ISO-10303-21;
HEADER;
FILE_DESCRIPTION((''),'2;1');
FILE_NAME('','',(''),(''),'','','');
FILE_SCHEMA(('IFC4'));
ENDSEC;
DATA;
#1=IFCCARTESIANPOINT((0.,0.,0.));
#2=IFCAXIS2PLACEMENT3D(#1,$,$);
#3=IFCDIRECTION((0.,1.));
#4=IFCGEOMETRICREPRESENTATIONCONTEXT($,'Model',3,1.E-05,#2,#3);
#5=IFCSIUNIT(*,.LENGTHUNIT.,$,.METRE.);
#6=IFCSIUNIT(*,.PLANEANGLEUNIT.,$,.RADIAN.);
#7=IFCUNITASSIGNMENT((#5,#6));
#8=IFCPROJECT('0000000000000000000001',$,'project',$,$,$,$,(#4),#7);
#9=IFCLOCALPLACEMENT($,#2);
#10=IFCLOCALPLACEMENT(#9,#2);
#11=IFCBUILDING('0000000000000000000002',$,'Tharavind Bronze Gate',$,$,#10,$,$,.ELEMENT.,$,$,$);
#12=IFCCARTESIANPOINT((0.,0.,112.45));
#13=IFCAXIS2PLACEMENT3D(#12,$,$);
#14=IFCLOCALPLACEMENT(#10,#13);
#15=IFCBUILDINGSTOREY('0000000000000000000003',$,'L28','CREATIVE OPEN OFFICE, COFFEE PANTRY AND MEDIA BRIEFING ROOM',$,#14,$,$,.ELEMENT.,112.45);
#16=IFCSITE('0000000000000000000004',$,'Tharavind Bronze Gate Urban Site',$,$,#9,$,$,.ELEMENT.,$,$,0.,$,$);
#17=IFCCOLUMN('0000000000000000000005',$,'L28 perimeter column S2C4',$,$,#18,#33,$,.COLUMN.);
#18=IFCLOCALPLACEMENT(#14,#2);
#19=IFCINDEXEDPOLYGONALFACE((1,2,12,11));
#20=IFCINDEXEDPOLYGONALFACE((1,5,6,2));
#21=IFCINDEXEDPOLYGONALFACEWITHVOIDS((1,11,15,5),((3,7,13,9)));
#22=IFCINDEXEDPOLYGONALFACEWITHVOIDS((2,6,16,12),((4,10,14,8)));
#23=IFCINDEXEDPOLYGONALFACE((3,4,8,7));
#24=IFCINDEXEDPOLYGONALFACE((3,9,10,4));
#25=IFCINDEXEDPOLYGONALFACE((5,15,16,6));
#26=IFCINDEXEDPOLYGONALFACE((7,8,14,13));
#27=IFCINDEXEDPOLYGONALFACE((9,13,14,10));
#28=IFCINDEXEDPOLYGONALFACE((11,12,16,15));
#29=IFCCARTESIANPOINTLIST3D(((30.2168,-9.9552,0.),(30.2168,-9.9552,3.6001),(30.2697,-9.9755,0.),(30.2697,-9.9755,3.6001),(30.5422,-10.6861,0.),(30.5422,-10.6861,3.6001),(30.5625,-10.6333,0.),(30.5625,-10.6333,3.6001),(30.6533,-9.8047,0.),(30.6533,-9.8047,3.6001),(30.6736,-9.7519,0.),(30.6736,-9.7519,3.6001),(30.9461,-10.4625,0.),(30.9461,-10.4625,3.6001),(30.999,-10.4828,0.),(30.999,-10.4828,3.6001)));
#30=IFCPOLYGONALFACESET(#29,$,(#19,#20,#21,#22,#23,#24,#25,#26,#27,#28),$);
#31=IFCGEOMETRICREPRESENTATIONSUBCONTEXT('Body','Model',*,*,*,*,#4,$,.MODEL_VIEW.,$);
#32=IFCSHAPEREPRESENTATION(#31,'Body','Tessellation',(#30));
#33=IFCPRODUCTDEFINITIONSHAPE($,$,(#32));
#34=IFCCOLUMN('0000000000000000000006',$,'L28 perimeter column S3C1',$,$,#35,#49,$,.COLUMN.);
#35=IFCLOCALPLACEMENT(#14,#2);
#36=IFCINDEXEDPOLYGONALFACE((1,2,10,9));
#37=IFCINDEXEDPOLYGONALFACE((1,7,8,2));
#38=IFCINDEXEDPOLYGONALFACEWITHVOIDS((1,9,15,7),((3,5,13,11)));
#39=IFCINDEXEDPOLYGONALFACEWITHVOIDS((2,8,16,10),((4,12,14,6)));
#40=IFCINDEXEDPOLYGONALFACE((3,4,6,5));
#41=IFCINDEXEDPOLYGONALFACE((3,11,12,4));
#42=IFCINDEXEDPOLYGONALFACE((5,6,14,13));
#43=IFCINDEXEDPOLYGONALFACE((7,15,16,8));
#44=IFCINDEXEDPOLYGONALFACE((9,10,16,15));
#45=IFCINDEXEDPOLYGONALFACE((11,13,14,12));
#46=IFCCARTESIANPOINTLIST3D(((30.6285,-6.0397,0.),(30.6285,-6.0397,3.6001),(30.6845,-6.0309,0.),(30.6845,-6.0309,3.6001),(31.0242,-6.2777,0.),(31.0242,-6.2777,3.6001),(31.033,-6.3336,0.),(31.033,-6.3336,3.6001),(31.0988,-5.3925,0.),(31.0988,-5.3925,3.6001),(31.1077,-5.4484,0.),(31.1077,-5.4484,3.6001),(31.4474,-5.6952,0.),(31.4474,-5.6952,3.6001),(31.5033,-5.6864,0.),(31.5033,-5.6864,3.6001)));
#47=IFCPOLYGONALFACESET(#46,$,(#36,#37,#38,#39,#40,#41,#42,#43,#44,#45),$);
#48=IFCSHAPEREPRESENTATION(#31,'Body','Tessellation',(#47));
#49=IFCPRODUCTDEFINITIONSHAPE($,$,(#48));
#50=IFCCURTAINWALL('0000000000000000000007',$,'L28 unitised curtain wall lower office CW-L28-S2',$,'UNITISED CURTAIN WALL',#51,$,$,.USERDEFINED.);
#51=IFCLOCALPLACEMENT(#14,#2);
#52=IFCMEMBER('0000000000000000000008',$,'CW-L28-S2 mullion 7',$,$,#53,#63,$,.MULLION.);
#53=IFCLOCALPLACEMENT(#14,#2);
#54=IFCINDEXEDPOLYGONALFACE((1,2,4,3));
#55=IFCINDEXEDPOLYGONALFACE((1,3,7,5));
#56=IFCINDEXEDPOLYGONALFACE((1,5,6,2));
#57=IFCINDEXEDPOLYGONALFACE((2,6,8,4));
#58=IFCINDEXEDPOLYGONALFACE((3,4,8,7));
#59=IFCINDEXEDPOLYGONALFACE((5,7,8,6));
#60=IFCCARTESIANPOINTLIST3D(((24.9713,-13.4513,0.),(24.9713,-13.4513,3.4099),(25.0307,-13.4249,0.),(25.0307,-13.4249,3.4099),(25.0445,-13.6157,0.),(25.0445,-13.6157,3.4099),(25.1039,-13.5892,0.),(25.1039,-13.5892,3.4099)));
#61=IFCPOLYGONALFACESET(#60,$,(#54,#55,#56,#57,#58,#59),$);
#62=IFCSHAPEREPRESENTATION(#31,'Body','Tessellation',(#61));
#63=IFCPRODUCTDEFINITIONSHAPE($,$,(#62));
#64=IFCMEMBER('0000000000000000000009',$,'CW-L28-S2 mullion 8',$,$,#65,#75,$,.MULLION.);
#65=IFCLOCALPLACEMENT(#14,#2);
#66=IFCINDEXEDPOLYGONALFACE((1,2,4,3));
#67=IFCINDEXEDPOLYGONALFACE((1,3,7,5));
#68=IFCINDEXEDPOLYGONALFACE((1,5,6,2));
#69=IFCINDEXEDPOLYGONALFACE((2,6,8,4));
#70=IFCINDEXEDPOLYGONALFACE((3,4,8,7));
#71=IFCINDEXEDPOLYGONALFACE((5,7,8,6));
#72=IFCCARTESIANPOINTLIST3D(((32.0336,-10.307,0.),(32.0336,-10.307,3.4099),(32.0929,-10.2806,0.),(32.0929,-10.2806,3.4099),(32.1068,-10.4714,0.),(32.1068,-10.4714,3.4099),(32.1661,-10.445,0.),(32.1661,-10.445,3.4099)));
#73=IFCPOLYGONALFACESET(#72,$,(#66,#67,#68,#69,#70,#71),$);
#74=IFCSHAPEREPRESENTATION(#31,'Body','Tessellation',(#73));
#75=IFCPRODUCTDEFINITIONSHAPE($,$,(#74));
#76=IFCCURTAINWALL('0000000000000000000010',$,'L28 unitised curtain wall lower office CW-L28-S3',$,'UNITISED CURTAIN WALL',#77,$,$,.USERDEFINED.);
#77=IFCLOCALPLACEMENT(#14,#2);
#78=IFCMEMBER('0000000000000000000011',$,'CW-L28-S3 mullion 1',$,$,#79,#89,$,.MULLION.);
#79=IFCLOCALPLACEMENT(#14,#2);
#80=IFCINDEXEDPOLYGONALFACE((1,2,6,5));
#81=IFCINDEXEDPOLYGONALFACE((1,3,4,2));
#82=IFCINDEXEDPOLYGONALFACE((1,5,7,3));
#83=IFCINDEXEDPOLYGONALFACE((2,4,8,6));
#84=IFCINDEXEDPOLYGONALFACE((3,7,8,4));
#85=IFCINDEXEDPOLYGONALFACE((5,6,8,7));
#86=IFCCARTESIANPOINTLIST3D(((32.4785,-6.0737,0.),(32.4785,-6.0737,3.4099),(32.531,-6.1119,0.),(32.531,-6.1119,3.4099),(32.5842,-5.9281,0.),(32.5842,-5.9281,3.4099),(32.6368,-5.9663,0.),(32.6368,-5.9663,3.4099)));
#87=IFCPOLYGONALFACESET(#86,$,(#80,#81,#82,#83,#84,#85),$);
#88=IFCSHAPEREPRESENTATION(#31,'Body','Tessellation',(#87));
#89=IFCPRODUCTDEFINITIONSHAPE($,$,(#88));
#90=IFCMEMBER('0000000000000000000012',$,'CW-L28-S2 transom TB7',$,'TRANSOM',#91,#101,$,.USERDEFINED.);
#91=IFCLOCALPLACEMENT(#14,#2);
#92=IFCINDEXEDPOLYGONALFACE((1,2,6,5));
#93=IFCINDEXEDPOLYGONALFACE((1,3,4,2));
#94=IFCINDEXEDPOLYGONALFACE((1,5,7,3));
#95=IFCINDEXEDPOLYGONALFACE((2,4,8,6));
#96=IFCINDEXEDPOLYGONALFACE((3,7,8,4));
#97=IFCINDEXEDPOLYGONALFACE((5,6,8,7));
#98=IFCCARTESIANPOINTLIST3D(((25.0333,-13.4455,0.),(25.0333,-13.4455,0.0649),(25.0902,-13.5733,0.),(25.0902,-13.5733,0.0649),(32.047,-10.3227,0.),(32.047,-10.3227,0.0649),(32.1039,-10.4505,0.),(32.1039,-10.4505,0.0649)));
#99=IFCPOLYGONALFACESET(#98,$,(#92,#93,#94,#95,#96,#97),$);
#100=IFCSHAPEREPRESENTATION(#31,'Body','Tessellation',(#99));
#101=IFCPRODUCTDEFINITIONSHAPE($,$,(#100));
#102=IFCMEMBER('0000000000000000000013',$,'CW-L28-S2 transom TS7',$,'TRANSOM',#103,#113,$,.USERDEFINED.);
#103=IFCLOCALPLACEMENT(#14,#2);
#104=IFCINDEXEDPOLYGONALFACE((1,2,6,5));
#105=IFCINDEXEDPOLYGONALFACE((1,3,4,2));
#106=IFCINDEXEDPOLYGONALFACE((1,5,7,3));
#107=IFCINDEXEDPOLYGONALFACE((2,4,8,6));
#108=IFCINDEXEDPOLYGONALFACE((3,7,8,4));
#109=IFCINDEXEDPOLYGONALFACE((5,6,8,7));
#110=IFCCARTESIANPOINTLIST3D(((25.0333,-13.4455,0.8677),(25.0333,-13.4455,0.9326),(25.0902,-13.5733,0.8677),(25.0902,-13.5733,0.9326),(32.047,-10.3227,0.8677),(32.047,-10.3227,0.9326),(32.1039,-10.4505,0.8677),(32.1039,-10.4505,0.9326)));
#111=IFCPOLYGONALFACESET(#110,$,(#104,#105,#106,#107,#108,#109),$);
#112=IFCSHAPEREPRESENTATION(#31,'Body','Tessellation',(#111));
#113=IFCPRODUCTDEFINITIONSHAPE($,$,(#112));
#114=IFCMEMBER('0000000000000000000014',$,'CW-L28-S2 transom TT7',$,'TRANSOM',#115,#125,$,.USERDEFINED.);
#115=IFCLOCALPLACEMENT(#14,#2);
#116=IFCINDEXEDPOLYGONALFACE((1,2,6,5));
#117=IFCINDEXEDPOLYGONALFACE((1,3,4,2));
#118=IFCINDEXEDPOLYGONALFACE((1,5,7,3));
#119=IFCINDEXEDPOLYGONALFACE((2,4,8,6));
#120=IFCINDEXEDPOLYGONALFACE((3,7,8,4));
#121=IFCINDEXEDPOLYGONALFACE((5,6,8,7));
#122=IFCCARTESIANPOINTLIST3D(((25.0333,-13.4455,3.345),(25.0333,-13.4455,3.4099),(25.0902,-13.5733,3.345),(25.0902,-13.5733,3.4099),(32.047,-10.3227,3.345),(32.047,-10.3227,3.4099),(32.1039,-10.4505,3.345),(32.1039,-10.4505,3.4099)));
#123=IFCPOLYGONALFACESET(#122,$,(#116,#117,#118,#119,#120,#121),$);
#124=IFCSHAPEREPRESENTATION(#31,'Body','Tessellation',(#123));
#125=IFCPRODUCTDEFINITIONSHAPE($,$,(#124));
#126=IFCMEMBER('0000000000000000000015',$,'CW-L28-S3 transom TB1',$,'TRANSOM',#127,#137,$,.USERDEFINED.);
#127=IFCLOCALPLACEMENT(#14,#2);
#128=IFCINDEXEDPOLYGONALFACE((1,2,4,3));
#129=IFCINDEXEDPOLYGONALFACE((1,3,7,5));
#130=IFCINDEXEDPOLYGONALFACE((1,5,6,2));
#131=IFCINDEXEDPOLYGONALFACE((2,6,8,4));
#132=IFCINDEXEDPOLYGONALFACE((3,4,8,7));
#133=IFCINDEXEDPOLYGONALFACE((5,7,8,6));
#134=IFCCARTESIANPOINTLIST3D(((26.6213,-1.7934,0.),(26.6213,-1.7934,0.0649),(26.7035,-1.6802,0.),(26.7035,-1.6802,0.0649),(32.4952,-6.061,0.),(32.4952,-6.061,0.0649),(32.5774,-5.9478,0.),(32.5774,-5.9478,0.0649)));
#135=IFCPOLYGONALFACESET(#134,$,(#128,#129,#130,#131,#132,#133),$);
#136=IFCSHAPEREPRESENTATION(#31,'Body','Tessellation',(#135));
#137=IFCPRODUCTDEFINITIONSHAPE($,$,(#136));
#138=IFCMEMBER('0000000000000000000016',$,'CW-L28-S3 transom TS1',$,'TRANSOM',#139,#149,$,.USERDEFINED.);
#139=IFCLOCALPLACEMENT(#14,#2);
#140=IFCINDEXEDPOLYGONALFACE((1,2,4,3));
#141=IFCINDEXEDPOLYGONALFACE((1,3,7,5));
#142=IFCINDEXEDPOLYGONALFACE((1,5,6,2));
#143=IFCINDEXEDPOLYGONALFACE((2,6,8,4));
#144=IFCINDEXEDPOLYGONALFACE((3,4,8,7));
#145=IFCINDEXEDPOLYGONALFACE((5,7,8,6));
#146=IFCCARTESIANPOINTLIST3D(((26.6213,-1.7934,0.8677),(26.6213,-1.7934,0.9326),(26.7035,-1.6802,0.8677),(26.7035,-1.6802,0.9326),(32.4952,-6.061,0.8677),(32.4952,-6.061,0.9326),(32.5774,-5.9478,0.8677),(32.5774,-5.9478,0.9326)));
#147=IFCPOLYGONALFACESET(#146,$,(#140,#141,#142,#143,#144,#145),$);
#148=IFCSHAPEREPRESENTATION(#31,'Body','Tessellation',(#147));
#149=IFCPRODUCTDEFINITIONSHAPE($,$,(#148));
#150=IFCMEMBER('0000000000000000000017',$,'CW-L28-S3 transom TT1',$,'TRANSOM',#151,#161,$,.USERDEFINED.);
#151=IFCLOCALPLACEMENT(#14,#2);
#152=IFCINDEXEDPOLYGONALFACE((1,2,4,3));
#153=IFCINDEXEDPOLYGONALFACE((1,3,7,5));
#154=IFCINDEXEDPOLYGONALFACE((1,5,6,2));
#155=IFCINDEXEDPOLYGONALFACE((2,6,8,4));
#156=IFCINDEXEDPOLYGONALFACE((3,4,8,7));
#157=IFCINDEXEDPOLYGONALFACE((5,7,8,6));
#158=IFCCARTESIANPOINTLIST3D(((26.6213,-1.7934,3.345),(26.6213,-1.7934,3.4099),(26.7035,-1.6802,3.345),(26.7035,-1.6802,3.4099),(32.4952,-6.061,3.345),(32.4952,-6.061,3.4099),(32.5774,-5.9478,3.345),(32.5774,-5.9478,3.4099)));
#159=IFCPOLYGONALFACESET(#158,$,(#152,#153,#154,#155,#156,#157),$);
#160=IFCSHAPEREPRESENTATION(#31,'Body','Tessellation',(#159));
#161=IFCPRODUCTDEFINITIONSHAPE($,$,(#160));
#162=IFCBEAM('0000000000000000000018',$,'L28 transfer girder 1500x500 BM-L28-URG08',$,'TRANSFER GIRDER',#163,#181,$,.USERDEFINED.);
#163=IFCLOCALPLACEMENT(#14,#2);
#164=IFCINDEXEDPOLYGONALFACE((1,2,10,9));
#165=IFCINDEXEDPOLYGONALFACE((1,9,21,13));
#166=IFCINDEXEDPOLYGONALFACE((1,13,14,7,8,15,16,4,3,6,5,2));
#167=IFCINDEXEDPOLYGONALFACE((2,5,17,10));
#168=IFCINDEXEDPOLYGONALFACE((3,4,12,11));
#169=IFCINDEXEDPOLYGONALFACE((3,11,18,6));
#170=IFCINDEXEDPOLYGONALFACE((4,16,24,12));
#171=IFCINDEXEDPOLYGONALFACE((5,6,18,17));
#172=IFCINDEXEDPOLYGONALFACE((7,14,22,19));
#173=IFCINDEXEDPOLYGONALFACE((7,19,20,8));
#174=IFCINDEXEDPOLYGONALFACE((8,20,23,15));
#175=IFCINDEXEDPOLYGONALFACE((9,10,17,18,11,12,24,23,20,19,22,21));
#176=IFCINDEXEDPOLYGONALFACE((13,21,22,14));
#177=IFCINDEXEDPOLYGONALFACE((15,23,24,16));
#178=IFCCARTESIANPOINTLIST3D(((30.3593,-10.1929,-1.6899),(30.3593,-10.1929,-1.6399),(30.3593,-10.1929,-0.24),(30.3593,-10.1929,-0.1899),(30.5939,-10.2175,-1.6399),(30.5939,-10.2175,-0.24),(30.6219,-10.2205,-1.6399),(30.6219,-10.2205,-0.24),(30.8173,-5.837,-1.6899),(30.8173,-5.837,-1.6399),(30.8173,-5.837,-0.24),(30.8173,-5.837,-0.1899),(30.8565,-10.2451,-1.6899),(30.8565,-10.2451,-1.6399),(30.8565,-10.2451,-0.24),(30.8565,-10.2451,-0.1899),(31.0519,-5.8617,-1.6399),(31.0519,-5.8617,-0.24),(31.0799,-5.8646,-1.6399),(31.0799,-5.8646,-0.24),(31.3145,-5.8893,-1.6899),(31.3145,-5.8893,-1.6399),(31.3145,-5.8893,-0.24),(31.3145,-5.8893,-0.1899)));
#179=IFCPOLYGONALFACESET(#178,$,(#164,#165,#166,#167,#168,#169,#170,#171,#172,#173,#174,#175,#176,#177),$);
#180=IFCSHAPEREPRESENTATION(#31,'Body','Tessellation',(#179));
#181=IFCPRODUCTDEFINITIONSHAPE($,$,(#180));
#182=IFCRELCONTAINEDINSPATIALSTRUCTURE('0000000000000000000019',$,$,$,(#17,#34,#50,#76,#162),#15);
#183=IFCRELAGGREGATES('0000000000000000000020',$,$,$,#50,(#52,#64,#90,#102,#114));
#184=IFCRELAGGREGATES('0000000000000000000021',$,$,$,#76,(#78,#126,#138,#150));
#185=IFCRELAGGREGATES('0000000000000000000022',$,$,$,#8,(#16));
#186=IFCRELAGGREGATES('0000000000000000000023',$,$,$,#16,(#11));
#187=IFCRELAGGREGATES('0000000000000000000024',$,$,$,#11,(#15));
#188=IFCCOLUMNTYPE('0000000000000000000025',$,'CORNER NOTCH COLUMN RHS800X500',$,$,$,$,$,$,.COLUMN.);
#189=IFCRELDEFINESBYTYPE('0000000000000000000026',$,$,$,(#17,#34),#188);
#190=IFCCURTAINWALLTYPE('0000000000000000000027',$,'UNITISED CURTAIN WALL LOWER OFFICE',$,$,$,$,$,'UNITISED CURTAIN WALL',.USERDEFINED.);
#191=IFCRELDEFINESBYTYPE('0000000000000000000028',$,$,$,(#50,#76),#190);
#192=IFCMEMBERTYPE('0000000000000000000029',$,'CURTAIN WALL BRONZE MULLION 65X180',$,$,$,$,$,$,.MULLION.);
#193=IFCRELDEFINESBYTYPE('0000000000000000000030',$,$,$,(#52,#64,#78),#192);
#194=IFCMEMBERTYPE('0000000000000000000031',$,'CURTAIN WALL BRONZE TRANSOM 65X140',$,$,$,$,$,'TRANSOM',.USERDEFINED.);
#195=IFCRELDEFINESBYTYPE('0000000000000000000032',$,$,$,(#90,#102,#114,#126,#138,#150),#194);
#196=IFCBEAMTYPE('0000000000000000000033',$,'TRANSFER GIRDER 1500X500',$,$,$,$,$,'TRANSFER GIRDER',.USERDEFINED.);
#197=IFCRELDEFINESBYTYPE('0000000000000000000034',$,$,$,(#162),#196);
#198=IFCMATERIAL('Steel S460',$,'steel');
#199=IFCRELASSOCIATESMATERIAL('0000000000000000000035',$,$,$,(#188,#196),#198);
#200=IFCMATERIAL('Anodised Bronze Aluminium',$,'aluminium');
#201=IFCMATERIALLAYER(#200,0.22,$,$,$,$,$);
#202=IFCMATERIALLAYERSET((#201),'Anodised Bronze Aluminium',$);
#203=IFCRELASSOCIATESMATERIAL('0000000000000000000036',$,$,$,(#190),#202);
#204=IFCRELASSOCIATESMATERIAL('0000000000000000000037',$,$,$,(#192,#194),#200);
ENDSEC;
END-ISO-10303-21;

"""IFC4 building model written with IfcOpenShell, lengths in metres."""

from ifc_helpers import new_model, si_unit, direction, frame, origin, origin_2d, place, context, subcontext, project, spatial, rectangle, hollow_rectangle, i_section, extrude, material, layer, layer_set, material_profile, profile_set, type_object, element, aggregate, save


model = new_model("IFC4")

# Units and contexts
model_context = context("Model", 3, precision=1e-05, world=origin(), true_north=direction((0.0, 1.0)))
body_context = subcontext(model_context, "Body", "Model", "MODEL_VIEW")
ifc_project = project(units=[si_unit("LENGTHUNIT", "METRE"), si_unit("PLANEANGLEUNIT", "RADIAN")], contexts=[model_context])

# Site, building, storey
site_placement = place(None, origin())
site = spatial("IfcSite", under=ifc_project, at=site_placement, Name="Tharavind Bronze Gate Urban Site", CompositionType="ELEMENT", RefElevation=0.0)
building_placement = place(site_placement, origin())
building = spatial("IfcBuilding", under=site, at=building_placement, Name="Tharavind Bronze Gate", CompositionType="ELEMENT")
storey_placement = place(building_placement, frame((0.0, 0.0, 112.45)))
storey = spatial("IfcBuildingStorey", under=building, at=storey_placement, Name="L28", Description="CREATIVE OPEN OFFICE, COFFEE PANTRY AND MEDIA BRIEFING ROOM", CompositionType="ELEMENT", Elevation=112.45)

# Columns
ifc_material_1 = material(Name="Steel S460", Category="steel")
ifc_material_profile_1 = material_profile(ifc_material_1, hollow_rectangle(XDim=0.5, YDim=0.8, WallThickness=0.04, at=origin_2d()), Name="RHS800X500X40")
ifc_profile_set_1 = profile_set([ifc_material_profile_1], Name="Steel S460")
column_type = type_object("IfcColumnType", Name="CORNER NOTCH COLUMN RHS800X500", PredefinedType="COLUMN", material=ifc_profile_set_1)
for number, where, z_axis, x_axis, name in (
    (1, (30.6079, -10.219, 0.0), (0.0, 0.0, 1.0), (0.913545, 0.406737, 0.0), "L28 perimeter column S2C4"),
    (2, (31.0659, -5.863, 0.0), (0.0, 0.0, 1.0), (-0.809017, 0.587785, 0.0), "L28 perimeter column S3C1"),
):
    element("IfcColumn", number, at=place(storey_placement, frame(where, z_axis=z_axis, x_axis=x_axis)), inside=storey, type_object=column_type, Name=name, PredefinedType="COLUMN", context=body_context, shape_type="SweptSolid", body=[
        extrude(hollow_rectangle(XDim=0.5, YDim=0.8, WallThickness=0.04, at=origin_2d()), origin(), (0.0, 0.0, 1.0), 3.6001),
    ])

# Curtain wall, members
ifc_material_2 = material(Name="Anodised Bronze Aluminium", Category="aluminium")
ifc_layer_1 = layer(ifc_material_2, 0.22)
ifc_layer_set_1 = layer_set([ifc_layer_1], Name="Anodised Bronze Aluminium")
curtain_wall_type = type_object("IfcCurtainWallType", Name="UNITISED CURTAIN WALL LOWER OFFICE", ElementType="UNITISED CURTAIN WALL", PredefinedType="USERDEFINED", material=ifc_layer_set_1)
curtain_wall_1_placement = place(storey_placement, origin())
curtain_wall_1 = element("IfcCurtainWall", 3, at=curtain_wall_1_placement, inside=storey, type_object=curtain_wall_type, Name="L28 unitised curtain wall lower office CW-L28-S2", ObjectType="UNITISED CURTAIN WALL", PredefinedType="USERDEFINED")
member_type_1 = type_object("IfcMemberType", Name="CURTAIN WALL BRONZE MULLION 65X180", PredefinedType="MULLION", material=ifc_material_2)
member_1_placement = place(storey_placement, frame((25.0376, -13.5203, 0.0), z_axis=(0.0, 0.0, 1.0), x_axis=(0.913545, 0.406737, 0.0)))
member_1 = element("IfcMember", 4, at=member_1_placement, type_object=member_type_1, Name="CW-L28-S2 mullion 7", PredefinedType="MULLION", context=body_context, shape_type="SweptSolid", body=[
    extrude(rectangle(XDim=0.0649, YDim=0.1799, at=origin_2d()), origin(), (0.0, 0.0, 1.0), 3.4099),
])
member_2_placement = place(storey_placement, frame((32.0999, -10.376, 0.0), z_axis=(0.0, 0.0, 1.0), x_axis=(0.913545, 0.406737, 0.0)))
member_2 = element("IfcMember", 5, at=member_2_placement, type_object=member_type_1, Name="CW-L28-S2 mullion 8", PredefinedType="MULLION", context=body_context, shape_type="SweptSolid", body=[
    extrude(rectangle(XDim=0.0649, YDim=0.1799, at=origin_2d()), origin(), (0.0, 0.0, 1.0), 3.4099),
])

# Curtain wall, member
curtain_wall_2_placement = place(storey_placement, origin())
curtain_wall_2 = element("IfcCurtainWall", 6, at=curtain_wall_2_placement, inside=storey, type_object=curtain_wall_type, Name="L28 unitised curtain wall lower office CW-L28-S3", ObjectType="UNITISED CURTAIN WALL", PredefinedType="USERDEFINED")
member_3_placement = place(storey_placement, frame((32.5576, -6.02, 0.0), z_axis=(0.0, 0.0, 1.0), x_axis=(-0.809017, 0.587785, 0.0)))
member_3 = element("IfcMember", 7, at=member_3_placement, type_object=member_type_1, Name="CW-L28-S3 mullion 1", PredefinedType="MULLION", context=body_context, shape_type="SweptSolid", body=[
    extrude(rectangle(XDim=0.0649, YDim=0.1799, at=origin_2d()), origin(), (0.0, 0.0, 1.0), 3.4099),
])

# Members
member_type_2 = type_object("IfcMemberType", Name="CURTAIN WALL BRONZE TRANSOM 65X140", ElementType="TRANSOM", PredefinedType="USERDEFINED", material=ifc_material_2)
member_4_placement = place(storey_placement, frame((28.5686, -11.948, 0.0), z_axis=(0.0, 0.0, 1.0), x_axis=(0.913545, 0.406737, 0.0)))
member_4 = element("IfcMember", 8, at=member_4_placement, type_object=member_type_2, Name="CW-L28-S2 transom TB7", ObjectType="TRANSOM", PredefinedType="USERDEFINED", context=body_context, shape_type="SweptSolid", body=[
    extrude(rectangle(XDim=7.6775, YDim=0.1399, at=origin_2d()), origin(), (0.0, 0.0, 1.0), 0.0649),
])
member_5_placement = place(storey_placement, frame((28.5686, -11.948, 0.8677), z_axis=(0.0, 0.0, 1.0), x_axis=(0.913545, 0.406737, 0.0)))
member_5 = element("IfcMember", 9, at=member_5_placement, type_object=member_type_2, Name="CW-L28-S2 transom TS7", ObjectType="TRANSOM", PredefinedType="USERDEFINED", context=body_context, shape_type="SweptSolid", body=[
    extrude(rectangle(XDim=7.6775, YDim=0.1399, at=origin_2d()), origin(), (0.0, 0.0, 1.0), 0.0649),
])
member_6_placement = place(storey_placement, frame((28.5686, -11.948, 3.345), z_axis=(0.0, 0.0, 1.0), x_axis=(0.913545, 0.406737, 0.0)))
member_6 = element("IfcMember", 10, at=member_6_placement, type_object=member_type_2, Name="CW-L28-S2 transom TT7", ObjectType="TRANSOM", PredefinedType="USERDEFINED", context=body_context, shape_type="SweptSolid", body=[
    extrude(rectangle(XDim=7.6775, YDim=0.1399, at=origin_2d()), origin(), (0.0, 0.0, 1.0), 0.0649),
])
member_7_placement = place(storey_placement, frame((29.5994, -3.8706, 0.0), z_axis=(0.0, 0.0, 1.0), x_axis=(-0.809017, 0.587785, 0.0)))
member_7 = element("IfcMember", 11, at=member_7_placement, type_object=member_type_2, Name="CW-L28-S3 transom TB1", ObjectType="TRANSOM", PredefinedType="USERDEFINED", context=body_context, shape_type="SweptSolid", body=[
    extrude(rectangle(XDim=7.2605, YDim=0.1399, at=origin_2d()), origin(), (0.0, 0.0, 1.0), 0.0649),
])
member_8_placement = place(storey_placement, frame((29.5994, -3.8706, 0.8677), z_axis=(0.0, 0.0, 1.0), x_axis=(-0.809017, 0.587785, 0.0)))
member_8 = element("IfcMember", 12, at=member_8_placement, type_object=member_type_2, Name="CW-L28-S3 transom TS1", ObjectType="TRANSOM", PredefinedType="USERDEFINED", context=body_context, shape_type="SweptSolid", body=[
    extrude(rectangle(XDim=7.2605, YDim=0.1399, at=origin_2d()), origin(), (0.0, 0.0, 1.0), 0.0649),
])
member_9_placement = place(storey_placement, frame((29.5994, -3.8706, 3.345), z_axis=(0.0, 0.0, 1.0), x_axis=(-0.809017, 0.587785, 0.0)))
member_9 = element("IfcMember", 13, at=member_9_placement, type_object=member_type_2, Name="CW-L28-S3 transom TT1", ObjectType="TRANSOM", PredefinedType="USERDEFINED", context=body_context, shape_type="SweptSolid", body=[
    extrude(rectangle(XDim=7.2605, YDim=0.1399, at=origin_2d()), origin(), (0.0, 0.0, 1.0), 0.0649),
])

# Beam
ifc_material_profile_2 = material_profile(ifc_material_1, i_section(OverallWidth=0.5, OverallDepth=1.5, WebThickness=0.0281, FlangeThickness=0.05, at=origin_2d()), Name="PG1500X500")
ifc_profile_set_2 = profile_set([ifc_material_profile_2], Name="Steel S460")
beam_type_1 = type_object("IfcBeamType", Name="TRANSFER GIRDER 1500X500", ElementType="TRANSFER GIRDER", PredefinedType="USERDEFINED", material=ifc_profile_set_2)
beam_1_placement = place(storey_placement, frame((30.6079, -10.219, -0.9399), z_axis=(0.104569, 0.994518, 0.0), x_axis=(-0.994518, 0.104569, 0.0)))
element("IfcBeam", 14, at=beam_1_placement, inside=storey, type_object=beam_type_1, Name="L28 transfer girder 1500x500 BM-L28-URG08", ObjectType="TRANSFER GIRDER", PredefinedType="USERDEFINED", context=body_context, shape_type="SweptSolid", body=[
    extrude(i_section(OverallWidth=0.5, OverallDepth=1.5, WebThickness=0.0281, FlangeThickness=0.05, at=origin_2d()), origin(), (0.0, 0.0, 1.0), 4.3799),
])

aggregate(curtain_wall_1, [member_1, member_2, member_4, member_5, member_6])
aggregate(curtain_wall_2, [member_3, member_7, member_8, member_9])

save(model, "model.ifc")
